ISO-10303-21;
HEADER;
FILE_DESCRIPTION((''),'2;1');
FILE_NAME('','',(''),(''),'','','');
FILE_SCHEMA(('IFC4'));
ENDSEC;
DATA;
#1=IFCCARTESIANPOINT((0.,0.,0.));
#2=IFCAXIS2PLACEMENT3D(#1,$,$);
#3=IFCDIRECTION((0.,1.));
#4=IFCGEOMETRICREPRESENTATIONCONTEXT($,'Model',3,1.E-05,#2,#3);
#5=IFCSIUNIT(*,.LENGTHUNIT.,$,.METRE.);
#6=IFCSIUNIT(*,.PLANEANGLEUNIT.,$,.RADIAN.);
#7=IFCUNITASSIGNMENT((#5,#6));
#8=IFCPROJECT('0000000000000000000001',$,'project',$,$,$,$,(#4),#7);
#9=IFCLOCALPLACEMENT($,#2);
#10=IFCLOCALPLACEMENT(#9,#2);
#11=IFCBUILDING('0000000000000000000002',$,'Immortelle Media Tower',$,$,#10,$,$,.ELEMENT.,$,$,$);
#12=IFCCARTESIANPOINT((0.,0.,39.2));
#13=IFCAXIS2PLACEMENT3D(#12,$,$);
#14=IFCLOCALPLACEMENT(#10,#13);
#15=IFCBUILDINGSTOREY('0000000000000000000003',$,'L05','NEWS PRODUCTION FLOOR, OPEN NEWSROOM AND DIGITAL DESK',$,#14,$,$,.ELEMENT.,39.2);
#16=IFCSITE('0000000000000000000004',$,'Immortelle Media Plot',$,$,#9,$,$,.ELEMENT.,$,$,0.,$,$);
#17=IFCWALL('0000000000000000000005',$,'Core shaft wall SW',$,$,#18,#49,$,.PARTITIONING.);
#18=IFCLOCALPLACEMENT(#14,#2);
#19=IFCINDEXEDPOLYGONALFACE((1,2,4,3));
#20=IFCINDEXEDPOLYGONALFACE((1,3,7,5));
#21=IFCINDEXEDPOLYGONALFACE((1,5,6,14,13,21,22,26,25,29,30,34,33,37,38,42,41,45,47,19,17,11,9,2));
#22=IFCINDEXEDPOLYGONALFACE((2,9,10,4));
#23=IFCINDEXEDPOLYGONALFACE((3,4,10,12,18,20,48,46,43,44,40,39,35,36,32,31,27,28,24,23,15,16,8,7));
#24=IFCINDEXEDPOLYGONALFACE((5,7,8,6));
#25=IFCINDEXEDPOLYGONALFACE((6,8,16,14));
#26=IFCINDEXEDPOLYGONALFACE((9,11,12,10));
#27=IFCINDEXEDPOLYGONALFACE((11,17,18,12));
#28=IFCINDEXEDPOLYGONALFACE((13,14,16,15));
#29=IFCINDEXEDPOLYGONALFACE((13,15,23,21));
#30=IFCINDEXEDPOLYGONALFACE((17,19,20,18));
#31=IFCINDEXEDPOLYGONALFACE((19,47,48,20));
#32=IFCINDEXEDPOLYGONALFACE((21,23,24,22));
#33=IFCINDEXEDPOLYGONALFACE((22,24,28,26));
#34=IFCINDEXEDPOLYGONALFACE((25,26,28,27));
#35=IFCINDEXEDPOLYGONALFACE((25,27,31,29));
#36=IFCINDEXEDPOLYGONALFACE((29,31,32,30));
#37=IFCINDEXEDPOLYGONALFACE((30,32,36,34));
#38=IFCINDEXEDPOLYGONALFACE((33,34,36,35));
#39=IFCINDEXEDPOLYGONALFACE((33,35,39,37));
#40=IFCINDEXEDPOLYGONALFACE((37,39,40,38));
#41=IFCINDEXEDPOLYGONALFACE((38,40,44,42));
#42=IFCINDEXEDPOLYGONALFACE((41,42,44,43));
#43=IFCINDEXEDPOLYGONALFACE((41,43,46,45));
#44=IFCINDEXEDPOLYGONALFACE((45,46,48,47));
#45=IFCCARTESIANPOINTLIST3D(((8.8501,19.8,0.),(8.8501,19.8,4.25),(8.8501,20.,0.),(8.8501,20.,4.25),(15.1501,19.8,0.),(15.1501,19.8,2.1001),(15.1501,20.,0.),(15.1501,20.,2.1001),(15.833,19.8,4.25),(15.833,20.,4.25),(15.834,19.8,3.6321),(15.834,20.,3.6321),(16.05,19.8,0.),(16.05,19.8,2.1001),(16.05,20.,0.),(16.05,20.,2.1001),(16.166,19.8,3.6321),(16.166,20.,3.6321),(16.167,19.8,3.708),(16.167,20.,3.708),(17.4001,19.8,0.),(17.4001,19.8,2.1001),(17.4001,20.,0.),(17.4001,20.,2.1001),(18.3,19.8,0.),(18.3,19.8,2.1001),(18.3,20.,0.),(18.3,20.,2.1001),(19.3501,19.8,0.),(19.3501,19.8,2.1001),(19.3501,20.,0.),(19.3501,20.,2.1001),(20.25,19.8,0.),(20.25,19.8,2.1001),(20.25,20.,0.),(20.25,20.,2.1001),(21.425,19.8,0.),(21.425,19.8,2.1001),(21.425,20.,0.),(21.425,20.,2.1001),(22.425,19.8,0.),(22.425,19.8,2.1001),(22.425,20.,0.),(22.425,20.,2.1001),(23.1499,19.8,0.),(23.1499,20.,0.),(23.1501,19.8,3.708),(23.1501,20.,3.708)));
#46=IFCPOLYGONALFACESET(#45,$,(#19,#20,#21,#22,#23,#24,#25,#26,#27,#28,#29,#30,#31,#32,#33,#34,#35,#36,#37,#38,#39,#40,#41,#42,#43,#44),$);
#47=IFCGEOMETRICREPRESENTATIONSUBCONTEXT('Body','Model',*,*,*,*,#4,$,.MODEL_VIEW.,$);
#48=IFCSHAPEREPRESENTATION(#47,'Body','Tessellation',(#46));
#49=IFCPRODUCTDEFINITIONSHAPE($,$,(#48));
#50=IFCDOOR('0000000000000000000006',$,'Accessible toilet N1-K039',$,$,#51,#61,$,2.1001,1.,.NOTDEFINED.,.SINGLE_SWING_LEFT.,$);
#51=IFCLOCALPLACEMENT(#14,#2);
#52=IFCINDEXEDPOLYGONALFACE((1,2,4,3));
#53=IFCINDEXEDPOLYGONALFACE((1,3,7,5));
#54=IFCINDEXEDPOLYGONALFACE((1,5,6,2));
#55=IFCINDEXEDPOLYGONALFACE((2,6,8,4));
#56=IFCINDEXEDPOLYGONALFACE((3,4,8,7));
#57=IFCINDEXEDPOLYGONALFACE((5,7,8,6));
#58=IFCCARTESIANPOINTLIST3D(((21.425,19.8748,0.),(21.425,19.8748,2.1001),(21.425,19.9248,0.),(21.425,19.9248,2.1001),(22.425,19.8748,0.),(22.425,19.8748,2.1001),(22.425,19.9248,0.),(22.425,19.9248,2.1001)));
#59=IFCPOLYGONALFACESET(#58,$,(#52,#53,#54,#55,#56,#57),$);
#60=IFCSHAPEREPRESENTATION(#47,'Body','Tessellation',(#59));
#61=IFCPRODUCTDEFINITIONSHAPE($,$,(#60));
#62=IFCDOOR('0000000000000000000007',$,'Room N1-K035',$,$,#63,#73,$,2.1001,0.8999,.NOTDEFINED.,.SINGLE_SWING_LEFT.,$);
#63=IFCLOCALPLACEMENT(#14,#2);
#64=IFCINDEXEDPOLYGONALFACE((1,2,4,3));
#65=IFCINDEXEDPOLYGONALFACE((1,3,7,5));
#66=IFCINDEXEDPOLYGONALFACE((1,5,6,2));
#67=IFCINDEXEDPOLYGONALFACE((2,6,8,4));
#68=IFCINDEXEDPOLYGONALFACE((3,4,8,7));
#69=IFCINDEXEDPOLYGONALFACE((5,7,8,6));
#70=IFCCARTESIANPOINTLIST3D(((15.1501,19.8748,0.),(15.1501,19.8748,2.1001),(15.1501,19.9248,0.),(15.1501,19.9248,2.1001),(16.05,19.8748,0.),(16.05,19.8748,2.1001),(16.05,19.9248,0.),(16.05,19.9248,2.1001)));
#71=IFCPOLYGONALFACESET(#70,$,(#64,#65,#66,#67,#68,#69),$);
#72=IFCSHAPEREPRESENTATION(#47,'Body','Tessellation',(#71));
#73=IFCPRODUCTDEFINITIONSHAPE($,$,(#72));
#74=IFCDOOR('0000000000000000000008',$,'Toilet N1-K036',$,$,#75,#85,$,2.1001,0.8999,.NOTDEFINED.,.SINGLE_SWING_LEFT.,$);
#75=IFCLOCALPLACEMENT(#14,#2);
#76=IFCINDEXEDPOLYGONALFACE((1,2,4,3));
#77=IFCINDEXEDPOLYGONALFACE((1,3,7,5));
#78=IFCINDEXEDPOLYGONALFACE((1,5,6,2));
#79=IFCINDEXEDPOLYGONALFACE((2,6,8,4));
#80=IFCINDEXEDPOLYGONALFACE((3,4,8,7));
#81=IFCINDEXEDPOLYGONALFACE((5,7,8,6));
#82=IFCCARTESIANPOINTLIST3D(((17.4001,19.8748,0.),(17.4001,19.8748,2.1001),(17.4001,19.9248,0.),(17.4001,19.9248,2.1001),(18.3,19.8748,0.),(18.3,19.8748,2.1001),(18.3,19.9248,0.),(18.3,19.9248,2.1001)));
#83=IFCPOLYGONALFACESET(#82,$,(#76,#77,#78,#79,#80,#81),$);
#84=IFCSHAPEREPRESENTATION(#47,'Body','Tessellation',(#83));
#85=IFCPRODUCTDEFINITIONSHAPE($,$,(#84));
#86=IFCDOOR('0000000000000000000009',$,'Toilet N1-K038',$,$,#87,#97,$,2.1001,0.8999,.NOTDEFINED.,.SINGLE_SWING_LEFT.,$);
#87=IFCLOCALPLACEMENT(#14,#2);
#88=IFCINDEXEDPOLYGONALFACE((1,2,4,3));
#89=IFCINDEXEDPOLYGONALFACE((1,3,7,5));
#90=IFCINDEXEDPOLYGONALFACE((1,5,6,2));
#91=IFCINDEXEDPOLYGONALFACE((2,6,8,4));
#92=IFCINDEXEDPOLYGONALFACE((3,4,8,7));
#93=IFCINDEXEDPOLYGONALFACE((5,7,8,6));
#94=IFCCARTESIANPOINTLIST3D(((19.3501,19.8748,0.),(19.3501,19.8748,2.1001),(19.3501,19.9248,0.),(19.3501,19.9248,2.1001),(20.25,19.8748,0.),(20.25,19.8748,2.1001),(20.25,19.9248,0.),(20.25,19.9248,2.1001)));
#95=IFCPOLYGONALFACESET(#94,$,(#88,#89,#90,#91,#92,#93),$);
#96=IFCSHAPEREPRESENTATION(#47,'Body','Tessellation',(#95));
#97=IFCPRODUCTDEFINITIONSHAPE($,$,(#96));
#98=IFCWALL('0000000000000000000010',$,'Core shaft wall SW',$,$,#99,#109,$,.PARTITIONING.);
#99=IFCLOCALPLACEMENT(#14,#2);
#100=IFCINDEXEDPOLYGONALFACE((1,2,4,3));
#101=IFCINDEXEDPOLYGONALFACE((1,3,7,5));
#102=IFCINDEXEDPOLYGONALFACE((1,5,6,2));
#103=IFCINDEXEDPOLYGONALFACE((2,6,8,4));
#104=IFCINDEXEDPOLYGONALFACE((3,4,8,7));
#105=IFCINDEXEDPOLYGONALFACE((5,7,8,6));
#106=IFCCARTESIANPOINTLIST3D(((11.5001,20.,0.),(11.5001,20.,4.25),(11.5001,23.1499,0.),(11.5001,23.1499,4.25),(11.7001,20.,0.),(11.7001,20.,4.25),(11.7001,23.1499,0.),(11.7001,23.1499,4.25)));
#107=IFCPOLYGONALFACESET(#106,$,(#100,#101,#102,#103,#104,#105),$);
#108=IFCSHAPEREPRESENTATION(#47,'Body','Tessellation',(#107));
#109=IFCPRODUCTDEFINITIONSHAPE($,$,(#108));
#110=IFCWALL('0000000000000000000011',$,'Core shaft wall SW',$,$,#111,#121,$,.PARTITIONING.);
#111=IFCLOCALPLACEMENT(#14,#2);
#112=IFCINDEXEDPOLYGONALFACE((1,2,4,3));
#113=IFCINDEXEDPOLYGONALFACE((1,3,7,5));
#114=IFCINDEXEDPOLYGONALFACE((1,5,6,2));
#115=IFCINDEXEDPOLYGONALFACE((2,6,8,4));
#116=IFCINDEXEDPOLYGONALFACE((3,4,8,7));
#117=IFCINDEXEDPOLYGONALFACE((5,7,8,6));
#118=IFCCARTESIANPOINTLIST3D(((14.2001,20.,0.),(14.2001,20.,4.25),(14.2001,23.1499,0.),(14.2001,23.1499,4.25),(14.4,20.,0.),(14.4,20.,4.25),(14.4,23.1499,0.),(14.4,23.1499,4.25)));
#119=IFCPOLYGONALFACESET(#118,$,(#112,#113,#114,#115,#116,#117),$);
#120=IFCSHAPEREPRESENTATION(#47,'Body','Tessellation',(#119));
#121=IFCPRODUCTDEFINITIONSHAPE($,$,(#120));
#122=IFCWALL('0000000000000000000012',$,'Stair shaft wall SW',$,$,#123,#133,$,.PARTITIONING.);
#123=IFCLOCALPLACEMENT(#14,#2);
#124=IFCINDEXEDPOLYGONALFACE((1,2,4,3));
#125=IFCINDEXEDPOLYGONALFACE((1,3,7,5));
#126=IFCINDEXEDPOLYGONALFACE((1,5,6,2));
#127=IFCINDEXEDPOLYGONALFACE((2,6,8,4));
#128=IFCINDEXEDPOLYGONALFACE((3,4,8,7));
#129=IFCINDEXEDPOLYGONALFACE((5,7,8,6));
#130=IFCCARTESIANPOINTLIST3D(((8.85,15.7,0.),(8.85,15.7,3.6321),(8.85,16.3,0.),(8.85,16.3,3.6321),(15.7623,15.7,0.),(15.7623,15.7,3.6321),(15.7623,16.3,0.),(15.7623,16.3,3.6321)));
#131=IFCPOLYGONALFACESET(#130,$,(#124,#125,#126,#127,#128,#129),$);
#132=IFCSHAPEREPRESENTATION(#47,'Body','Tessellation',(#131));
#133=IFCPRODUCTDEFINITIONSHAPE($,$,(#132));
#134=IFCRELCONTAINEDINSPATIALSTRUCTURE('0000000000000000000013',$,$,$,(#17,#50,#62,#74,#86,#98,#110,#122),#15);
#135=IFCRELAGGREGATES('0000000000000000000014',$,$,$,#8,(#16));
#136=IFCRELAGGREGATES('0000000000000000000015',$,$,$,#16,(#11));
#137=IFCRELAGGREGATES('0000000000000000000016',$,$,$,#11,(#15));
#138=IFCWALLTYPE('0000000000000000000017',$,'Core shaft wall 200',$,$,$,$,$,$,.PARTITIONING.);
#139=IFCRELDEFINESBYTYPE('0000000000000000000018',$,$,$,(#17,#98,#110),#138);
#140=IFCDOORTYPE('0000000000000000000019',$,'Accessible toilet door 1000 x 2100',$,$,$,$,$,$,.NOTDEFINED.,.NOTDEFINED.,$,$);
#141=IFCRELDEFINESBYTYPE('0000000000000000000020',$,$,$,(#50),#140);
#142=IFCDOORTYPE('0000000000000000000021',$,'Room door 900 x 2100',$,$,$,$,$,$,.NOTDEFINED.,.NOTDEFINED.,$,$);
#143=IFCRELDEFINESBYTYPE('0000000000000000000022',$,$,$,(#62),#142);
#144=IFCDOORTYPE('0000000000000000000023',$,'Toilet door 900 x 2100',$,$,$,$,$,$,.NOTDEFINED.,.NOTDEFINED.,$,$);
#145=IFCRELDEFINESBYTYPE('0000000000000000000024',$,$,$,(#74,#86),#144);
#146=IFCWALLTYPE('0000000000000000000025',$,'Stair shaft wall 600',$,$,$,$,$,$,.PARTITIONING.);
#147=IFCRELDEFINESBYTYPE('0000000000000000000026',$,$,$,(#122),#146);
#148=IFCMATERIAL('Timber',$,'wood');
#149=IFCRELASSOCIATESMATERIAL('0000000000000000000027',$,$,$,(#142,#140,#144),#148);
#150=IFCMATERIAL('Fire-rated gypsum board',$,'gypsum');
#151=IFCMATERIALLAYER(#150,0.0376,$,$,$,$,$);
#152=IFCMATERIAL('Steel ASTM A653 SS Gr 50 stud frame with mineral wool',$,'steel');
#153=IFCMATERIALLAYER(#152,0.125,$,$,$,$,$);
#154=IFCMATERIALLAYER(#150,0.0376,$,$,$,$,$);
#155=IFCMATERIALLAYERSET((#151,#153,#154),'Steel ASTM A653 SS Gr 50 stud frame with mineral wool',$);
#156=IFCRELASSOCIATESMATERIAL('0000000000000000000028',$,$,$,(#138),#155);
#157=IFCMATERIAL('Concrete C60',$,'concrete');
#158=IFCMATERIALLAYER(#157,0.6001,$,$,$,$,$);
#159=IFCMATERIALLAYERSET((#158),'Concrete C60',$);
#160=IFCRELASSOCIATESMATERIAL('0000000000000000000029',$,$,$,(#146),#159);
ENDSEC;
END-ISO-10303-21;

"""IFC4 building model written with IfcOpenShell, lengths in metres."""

from ifc_helpers import new_model, si_unit, direction, frame, frame_2d, origin, place, context, subcontext, project, spatial, polyline, rectangle, outline, extrude, material, layer, layer_set, type_object, element, fill, save


model = new_model("IFC4")

# Units and contexts
model_context = context("Model", 3, precision=1e-05, world=origin(), true_north=direction((0.0, 1.0)))
body_context = subcontext(model_context, "Body", "Model", "MODEL_VIEW")
ifc_project = project(units=[si_unit("LENGTHUNIT", "METRE"), si_unit("PLANEANGLEUNIT", "RADIAN")], contexts=[model_context])

# Site, building, storey
site_placement = place(None, origin())
site = spatial("IfcSite", under=ifc_project, at=site_placement, Name="Immortelle Media Plot", CompositionType="ELEMENT", RefElevation=0.0)
building_placement = place(site_placement, origin())
building = spatial("IfcBuilding", under=site, at=building_placement, Name="Immortelle Media Tower", CompositionType="ELEMENT")
storey_placement = place(building_placement, frame((0.0, 0.0, 39.2)))
storey = spatial("IfcBuildingStorey", under=building, at=storey_placement, Name="L05", Description="NEWS PRODUCTION FLOOR, OPEN NEWSROOM AND DIGITAL DESK", CompositionType="ELEMENT", Elevation=39.2)

# Shared definitions
ifc_material_1 = material(Name="Fire-rated gypsum board", Category="gypsum")
ifc_material_2 = material(Name="Steel ASTM A653 SS Gr 50 stud frame with mineral wool", Category="steel")

# Shared definitions
ifc_material_3 = material(Name="Timber", Category="wood")
door_type_1 = type_object("IfcDoorType", Name="Room door 900 x 2100", OperationType="NOTDEFINED", PredefinedType="NOTDEFINED", material=ifc_material_3)

# Wall, openings, doors
ifc_layer_1 = layer(ifc_material_1, 0.0376)
ifc_layer_2 = layer(ifc_material_2, 0.125)
ifc_layer_3 = layer(ifc_material_1, 0.0376)
ifc_layer_set_1 = layer_set([ifc_layer_1, ifc_layer_2, ifc_layer_3], Name="Steel ASTM A653 SS Gr 50 stud frame with mineral wool")
wall_type_1 = type_object("IfcWallType", Name="Core shaft wall 200", PredefinedType="PARTITIONING", material=ifc_layer_set_1)
wall_1_placement = place(storey_placement, frame((8.8501, 19.8999, 0.0), z_axis=(0.0, 0.0, 1.0), x_axis=(1.0, 0.0, 0.0)))
wall_1 = element("IfcWall", 1, at=wall_1_placement, inside=storey, type_object=wall_type_1, Name="Core shaft wall SW", PredefinedType="PARTITIONING", context=body_context, shape_type="SweptSolid", body=[
    extrude(outline(polyline([(0.0, 0.0), (14.2998, 0.0), (14.3, 3.708), (7.3169, 3.708), (7.3159, 3.6321), (6.9839, 3.6321), (6.9829, 4.25), (0.0, 4.25), (0.0, 0.0)])), frame((0.0, 0.1001, 0.0), z_axis=(0.0, -1.0, 0.0), x_axis=(1.0, 0.0, 0.0)), (0.0, 0.0, 1.0), 0.2),
])
opening_1_placement = place(wall_1_placement, frame((6.3, 0.0, 0.0)))
opening_1 = element("IfcOpeningElement", 2, at=opening_1_placement, cuts=wall_1, PredefinedType="OPENING", context=body_context, shape_type="SweptSolid", body=[
    extrude(rectangle(XDim=0.8999, YDim=2.1001, at=frame_2d((0.45, 1.05))), frame((0.0, 0.1099, 0.0), z_axis=(0.0, -1.0, 0.0), x_axis=(1.0, 0.0, 0.0)), (0.0, 0.0, 1.0), 0.22),
])
opening_2_placement = place(wall_1_placement, frame((8.55, 0.0, 0.0)))
opening_2 = element("IfcOpeningElement", 3, at=opening_2_placement, cuts=wall_1, PredefinedType="OPENING", context=body_context, shape_type="SweptSolid", body=[
    extrude(rectangle(XDim=0.8999, YDim=2.1001, at=frame_2d((0.45, 1.05))), frame((0.0, 0.1099, 0.0), z_axis=(0.0, -1.0, 0.0), x_axis=(1.0, 0.0, 0.0)), (0.0, 0.0, 1.0), 0.22),
])
opening_3_placement = place(wall_1_placement, frame((10.5, 0.0, 0.0)))
opening_3 = element("IfcOpeningElement", 4, at=opening_3_placement, cuts=wall_1, PredefinedType="OPENING", context=body_context, shape_type="SweptSolid", body=[
    extrude(rectangle(XDim=0.8999, YDim=2.1001, at=frame_2d((0.45, 1.05))), frame((0.0, 0.1099, 0.0), z_axis=(0.0, -1.0, 0.0), x_axis=(1.0, 0.0, 0.0)), (0.0, 0.0, 1.0), 0.22),
])
opening_4_placement = place(wall_1_placement, frame((12.575, 0.0, 0.0)))
opening_4 = element("IfcOpeningElement", 5, at=opening_4_placement, cuts=wall_1, PredefinedType="OPENING", context=body_context, shape_type="SweptSolid", body=[
    extrude(rectangle(XDim=1.0, YDim=2.1001, at=frame_2d((0.5, 1.05))), frame((0.0, 0.1099, 0.0), z_axis=(0.0, -1.0, 0.0), x_axis=(1.0, 0.0, 0.0)), (0.0, 0.0, 1.0), 0.22),
])
door_type_2 = type_object("IfcDoorType", Name="Accessible toilet door 1000 x 2100", OperationType="NOTDEFINED", PredefinedType="NOTDEFINED", material=ifc_material_3)
door_1_placement = place(opening_4_placement, origin())
door_1 = element("IfcDoor", 6, at=door_1_placement, inside=storey, type_object=door_type_2, Name="Accessible toilet N1-K039", OperationType="SINGLE_SWING_LEFT", OverallHeight=2.1001, OverallWidth=1.0, PredefinedType="NOTDEFINED", context=body_context, shape_type="SweptSolid", body=[
    extrude(rectangle(XDim=1.0, YDim=2.1001, at=frame_2d((0.5, 1.05))), frame((0.0, 0.0249, 0.0), z_axis=(0.0, -1.0, 0.0), x_axis=(1.0, 0.0, 0.0)), (0.0, 0.0, 1.0), 0.05),
])
fill(opening_4, door_1)
door_2_placement = place(opening_1_placement, origin())
door_2 = element("IfcDoor", 7, at=door_2_placement, inside=storey, type_object=door_type_1, Name="Room N1-K035", OperationType="SINGLE_SWING_LEFT", OverallHeight=2.1001, OverallWidth=0.8999, PredefinedType="NOTDEFINED", context=body_context, shape_type="SweptSolid", body=[
    extrude(rectangle(XDim=0.8999, YDim=2.1001, at=frame_2d((0.45, 1.05))), frame((0.0, 0.0249, 0.0), z_axis=(0.0, -1.0, 0.0), x_axis=(1.0, 0.0, 0.0)), (0.0, 0.0, 1.0), 0.05),
])
fill(opening_1, door_2)
door_type_3 = type_object("IfcDoorType", Name="Toilet door 900 x 2100", OperationType="NOTDEFINED", PredefinedType="NOTDEFINED", material=ifc_material_3)
door_3_placement = place(opening_2_placement, origin())
door_3 = element("IfcDoor", 8, at=door_3_placement, inside=storey, type_object=door_type_3, Name="Toilet N1-K036", OperationType="SINGLE_SWING_LEFT", OverallHeight=2.1001, OverallWidth=0.8999, PredefinedType="NOTDEFINED", context=body_context, shape_type="SweptSolid", body=[
    extrude(rectangle(XDim=0.8999, YDim=2.1001, at=frame_2d((0.45, 1.05))), frame((0.0, 0.0249, 0.0), z_axis=(0.0, -1.0, 0.0), x_axis=(1.0, 0.0, 0.0)), (0.0, 0.0, 1.0), 0.05),
])
fill(opening_2, door_3)
door_4_placement = place(opening_3_placement, origin())
door_4 = element("IfcDoor", 9, at=door_4_placement, inside=storey, type_object=door_type_3, Name="Toilet N1-K038", OperationType="SINGLE_SWING_LEFT", OverallHeight=2.1001, OverallWidth=0.8999, PredefinedType="NOTDEFINED", context=body_context, shape_type="SweptSolid", body=[
    extrude(rectangle(XDim=0.8999, YDim=2.1001, at=frame_2d((0.45, 1.05))), frame((0.0, 0.0249, 0.0), z_axis=(0.0, -1.0, 0.0), x_axis=(1.0, 0.0, 0.0)), (0.0, 0.0, 1.0), 0.05),
])
fill(opening_3, door_4)

# Walls
for number, where, z_axis, x_axis, name in (
    (10, (11.6001, 20.0, 0.0), (0.0, 0.0, 1.0), (0.0, 1.0, 0.0), "Core shaft wall SW"),
    (11, (14.3, 20.0, 0.0), (0.0, 0.0, 1.0), (0.0, 1.0, 0.0), "Core shaft wall SW"),
):
    element("IfcWall", number, at=place(storey_placement, frame(where, z_axis=z_axis, x_axis=x_axis)), inside=storey, type_object=wall_type_1, Name=name, PredefinedType="PARTITIONING", context=body_context, shape_type="SweptSolid", body=[
        extrude(rectangle(XDim=3.1499, YDim=0.2, at=frame_2d((1.575, 0.0))), origin(), (0.0, 0.0, 1.0), 4.25),
    ])
ifc_material_4 = material(Name="Concrete C60", Category="concrete")
ifc_layer_4 = layer(ifc_material_4, 0.6001)
ifc_layer_set_2 = layer_set([ifc_layer_4], Name="Concrete C60")
wall_type_2 = type_object("IfcWallType", Name="Stair shaft wall 600", PredefinedType="PARTITIONING", material=ifc_layer_set_2)
wall_2_placement = place(storey_placement, frame((8.8501, 16.0, 0.0), z_axis=(0.0, 0.0, 1.0), x_axis=(1.0, 0.0, 0.0)))
element("IfcWall", 12, at=wall_2_placement, inside=storey, type_object=wall_type_2, Name="Stair shaft wall SW", PredefinedType="PARTITIONING", context=body_context, shape_type="SweptSolid", body=[
    extrude(rectangle(XDim=6.9124, YDim=0.6001, at=frame_2d((3.4561, 0.0))), origin(), (0.0, 0.0, 1.0), 3.6321),
])

save(model, "model.ifc")
